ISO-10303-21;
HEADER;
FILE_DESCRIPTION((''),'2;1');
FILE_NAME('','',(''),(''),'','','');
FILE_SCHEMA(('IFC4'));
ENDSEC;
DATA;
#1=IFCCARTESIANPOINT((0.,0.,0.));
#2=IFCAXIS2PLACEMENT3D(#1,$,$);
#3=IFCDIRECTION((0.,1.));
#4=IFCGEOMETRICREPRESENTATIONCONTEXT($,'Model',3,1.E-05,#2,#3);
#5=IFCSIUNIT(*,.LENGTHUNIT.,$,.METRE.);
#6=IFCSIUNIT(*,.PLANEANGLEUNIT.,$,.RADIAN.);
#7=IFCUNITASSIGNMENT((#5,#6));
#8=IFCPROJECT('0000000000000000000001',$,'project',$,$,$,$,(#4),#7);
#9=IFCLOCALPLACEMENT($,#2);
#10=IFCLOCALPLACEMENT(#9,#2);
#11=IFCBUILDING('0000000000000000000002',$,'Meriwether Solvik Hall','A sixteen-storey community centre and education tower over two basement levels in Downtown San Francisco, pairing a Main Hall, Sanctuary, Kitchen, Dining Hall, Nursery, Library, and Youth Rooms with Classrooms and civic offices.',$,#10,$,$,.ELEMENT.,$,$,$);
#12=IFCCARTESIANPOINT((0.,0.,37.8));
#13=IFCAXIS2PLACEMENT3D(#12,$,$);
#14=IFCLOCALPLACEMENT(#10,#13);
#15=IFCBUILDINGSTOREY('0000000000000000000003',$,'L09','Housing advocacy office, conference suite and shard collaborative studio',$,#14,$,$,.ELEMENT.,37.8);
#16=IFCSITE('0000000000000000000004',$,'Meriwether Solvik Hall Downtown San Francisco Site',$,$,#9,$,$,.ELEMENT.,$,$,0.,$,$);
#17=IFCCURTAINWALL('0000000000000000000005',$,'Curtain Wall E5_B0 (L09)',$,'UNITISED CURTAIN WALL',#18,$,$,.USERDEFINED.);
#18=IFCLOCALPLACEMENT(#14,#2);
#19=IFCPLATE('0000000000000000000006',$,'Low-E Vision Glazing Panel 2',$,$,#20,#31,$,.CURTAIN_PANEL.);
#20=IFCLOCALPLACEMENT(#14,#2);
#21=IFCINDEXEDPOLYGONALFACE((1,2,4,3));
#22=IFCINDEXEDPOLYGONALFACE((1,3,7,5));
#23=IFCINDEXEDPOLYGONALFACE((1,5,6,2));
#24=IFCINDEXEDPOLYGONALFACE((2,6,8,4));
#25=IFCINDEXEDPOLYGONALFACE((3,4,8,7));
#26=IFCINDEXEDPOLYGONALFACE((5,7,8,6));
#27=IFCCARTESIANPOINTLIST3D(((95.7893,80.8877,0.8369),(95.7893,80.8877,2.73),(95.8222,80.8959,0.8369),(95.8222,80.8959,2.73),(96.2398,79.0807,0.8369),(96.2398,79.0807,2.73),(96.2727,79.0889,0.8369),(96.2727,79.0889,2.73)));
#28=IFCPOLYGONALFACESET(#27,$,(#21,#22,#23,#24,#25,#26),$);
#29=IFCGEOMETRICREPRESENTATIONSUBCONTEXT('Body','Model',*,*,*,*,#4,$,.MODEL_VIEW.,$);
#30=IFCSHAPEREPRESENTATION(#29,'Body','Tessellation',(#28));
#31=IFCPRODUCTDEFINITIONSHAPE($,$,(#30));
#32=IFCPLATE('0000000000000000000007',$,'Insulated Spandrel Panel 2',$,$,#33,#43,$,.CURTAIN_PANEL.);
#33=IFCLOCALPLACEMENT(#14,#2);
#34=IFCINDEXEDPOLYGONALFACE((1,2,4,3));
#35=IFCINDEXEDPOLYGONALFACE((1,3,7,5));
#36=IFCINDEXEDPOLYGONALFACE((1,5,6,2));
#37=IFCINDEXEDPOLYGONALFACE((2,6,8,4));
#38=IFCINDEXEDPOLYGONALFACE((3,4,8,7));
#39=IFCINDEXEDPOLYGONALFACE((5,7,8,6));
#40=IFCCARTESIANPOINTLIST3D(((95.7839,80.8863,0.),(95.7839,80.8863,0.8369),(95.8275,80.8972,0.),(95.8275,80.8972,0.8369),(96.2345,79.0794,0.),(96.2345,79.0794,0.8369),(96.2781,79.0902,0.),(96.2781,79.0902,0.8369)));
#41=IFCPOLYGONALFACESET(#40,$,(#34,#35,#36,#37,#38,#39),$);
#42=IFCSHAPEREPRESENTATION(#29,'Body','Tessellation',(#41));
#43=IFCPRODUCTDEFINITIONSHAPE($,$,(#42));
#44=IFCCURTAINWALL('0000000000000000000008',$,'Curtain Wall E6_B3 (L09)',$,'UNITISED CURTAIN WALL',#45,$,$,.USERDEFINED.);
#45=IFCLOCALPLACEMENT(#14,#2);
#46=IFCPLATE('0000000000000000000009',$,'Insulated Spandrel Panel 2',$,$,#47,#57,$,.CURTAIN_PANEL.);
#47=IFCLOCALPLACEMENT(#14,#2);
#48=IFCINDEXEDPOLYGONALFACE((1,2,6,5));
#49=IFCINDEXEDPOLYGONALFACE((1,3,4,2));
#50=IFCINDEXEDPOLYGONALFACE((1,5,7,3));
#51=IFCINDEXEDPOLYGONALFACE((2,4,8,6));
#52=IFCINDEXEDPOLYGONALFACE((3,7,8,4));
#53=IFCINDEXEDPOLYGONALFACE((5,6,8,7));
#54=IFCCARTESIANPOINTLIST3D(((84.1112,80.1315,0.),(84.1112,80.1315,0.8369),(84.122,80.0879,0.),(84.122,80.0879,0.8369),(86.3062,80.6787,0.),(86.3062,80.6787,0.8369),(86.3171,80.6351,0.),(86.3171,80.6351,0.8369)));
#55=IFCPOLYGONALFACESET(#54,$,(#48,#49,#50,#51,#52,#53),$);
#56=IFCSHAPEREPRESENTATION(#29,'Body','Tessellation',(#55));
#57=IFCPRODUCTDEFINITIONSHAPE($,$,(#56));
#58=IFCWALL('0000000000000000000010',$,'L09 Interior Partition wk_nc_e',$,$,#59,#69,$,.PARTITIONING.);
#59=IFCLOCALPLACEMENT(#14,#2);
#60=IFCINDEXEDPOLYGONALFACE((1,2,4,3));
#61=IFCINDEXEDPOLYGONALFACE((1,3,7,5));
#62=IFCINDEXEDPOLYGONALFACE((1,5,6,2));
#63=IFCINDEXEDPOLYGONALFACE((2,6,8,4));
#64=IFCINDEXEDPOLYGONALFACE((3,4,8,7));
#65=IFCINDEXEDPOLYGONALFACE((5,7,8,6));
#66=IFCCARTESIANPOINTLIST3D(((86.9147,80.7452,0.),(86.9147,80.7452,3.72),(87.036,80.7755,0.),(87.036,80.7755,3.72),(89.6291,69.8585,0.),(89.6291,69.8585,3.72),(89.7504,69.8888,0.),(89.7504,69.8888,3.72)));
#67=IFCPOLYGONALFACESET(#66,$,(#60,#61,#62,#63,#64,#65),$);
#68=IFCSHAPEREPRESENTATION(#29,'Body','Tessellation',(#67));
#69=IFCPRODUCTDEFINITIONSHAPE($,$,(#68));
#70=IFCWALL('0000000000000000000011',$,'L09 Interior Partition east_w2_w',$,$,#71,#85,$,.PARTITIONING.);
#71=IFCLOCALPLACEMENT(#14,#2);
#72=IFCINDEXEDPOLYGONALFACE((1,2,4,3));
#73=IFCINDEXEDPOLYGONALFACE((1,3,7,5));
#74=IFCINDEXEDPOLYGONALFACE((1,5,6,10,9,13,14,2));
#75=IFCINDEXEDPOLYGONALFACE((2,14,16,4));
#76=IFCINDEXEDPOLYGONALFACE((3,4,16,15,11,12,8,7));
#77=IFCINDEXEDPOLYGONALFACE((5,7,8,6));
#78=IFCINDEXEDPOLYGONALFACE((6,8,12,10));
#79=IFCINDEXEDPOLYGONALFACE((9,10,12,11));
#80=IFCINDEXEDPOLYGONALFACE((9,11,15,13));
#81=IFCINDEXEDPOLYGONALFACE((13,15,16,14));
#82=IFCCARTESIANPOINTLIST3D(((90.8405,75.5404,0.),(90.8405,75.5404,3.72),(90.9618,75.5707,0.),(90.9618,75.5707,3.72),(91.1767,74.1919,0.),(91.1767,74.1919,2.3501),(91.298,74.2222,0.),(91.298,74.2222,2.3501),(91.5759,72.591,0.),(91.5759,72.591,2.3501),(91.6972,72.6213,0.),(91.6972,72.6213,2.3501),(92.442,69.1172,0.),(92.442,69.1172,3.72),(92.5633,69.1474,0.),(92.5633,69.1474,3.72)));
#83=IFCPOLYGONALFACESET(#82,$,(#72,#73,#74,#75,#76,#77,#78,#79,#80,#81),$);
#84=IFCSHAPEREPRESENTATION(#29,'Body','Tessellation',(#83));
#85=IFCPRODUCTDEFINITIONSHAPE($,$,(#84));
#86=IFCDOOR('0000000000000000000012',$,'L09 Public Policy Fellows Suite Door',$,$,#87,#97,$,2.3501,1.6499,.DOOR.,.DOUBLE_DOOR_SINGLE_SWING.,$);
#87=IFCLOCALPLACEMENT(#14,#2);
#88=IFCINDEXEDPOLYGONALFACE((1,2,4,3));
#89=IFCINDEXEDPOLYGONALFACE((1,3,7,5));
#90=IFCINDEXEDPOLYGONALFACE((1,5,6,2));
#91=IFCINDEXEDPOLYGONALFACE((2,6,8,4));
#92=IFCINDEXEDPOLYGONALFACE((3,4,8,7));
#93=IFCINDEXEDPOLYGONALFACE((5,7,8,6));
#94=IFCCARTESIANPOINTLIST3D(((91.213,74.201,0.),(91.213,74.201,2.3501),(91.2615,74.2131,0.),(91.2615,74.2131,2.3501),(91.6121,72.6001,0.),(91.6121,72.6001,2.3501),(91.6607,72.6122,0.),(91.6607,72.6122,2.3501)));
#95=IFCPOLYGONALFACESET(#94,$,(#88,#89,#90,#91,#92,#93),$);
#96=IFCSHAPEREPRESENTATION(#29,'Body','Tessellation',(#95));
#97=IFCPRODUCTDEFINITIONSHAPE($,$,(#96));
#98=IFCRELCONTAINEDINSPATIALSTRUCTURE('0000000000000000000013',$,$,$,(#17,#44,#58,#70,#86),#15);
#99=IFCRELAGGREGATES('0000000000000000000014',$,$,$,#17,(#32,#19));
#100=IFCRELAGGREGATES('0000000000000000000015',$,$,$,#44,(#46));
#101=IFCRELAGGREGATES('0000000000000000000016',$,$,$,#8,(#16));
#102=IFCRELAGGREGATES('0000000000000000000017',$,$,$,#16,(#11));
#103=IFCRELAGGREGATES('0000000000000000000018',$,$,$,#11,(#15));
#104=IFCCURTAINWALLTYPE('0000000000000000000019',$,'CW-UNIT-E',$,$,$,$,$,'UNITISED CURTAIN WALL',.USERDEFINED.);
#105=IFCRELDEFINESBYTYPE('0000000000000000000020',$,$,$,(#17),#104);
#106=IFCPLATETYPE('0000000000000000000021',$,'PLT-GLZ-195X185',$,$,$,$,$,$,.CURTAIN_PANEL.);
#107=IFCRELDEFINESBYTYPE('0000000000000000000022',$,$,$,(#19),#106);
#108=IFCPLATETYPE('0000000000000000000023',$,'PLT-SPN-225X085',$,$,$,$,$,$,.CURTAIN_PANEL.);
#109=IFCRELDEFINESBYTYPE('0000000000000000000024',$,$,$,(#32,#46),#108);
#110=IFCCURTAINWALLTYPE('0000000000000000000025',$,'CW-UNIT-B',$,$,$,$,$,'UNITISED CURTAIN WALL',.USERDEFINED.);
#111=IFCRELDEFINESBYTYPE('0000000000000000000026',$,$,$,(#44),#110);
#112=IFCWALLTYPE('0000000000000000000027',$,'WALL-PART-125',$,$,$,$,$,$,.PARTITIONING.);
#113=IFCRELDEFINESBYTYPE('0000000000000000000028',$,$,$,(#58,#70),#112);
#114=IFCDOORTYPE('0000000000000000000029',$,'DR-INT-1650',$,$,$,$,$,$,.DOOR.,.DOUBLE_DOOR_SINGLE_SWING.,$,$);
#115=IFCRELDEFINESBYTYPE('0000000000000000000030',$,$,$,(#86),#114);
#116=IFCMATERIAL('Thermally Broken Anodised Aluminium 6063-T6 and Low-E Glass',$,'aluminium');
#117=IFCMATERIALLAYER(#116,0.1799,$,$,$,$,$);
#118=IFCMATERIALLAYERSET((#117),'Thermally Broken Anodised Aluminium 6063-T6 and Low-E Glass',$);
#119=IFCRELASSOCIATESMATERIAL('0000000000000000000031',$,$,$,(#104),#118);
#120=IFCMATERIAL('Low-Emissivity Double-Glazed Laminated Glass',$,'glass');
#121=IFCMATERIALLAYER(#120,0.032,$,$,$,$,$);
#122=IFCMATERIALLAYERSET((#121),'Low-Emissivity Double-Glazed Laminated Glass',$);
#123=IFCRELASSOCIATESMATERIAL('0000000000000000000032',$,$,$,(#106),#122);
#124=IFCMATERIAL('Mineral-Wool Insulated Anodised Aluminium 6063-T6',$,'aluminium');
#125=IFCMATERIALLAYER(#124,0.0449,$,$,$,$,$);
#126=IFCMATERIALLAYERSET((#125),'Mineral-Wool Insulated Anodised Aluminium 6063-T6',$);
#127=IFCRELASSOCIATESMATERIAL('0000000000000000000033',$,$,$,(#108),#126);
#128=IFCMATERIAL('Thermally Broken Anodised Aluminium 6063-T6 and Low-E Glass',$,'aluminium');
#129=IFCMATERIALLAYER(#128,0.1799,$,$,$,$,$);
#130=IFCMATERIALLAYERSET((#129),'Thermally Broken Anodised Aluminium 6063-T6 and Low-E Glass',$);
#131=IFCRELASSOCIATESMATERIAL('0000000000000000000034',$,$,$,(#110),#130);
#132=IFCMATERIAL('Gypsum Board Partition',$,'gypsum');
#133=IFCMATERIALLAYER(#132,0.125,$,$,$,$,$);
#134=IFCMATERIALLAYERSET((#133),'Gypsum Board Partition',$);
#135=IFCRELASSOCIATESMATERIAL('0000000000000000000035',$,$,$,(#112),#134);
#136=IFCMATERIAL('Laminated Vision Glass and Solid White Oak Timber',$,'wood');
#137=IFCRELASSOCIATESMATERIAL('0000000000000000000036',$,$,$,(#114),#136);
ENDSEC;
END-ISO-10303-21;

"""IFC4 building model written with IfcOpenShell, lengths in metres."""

from ifc_helpers import new_model, si_unit, direction, frame, frame_2d, origin, origin_2d, place, context, subcontext, project, spatial, rectangle, extrude, material, layer, layer_set, type_object, element, fill, aggregate, save


model = new_model("IFC4")

# Units and contexts
model_context = context("Model", 3, precision=1e-05, world=origin(), true_north=direction((0.0, 1.0)))
body_context = subcontext(model_context, "Body", "Model", "MODEL_VIEW")
ifc_project = project(units=[si_unit("LENGTHUNIT", "METRE"), si_unit("PLANEANGLEUNIT", "RADIAN")], contexts=[model_context])

# Site, building, storey
site_placement = place(None, origin())
site = spatial("IfcSite", under=ifc_project, at=site_placement, Name="Meriwether Solvik Hall Downtown San Francisco Site", CompositionType="ELEMENT", RefElevation=0.0)
building_placement = place(site_placement, origin())
building = spatial("IfcBuilding", under=site, at=building_placement, Name="Meriwether Solvik Hall", Description="A sixteen-storey community centre and education tower over two basement levels in Downtown San Francisco, pairing a Main Hall, Sanctuary, Kitchen, Dining Hall, Nursery, Library, and Youth Rooms with Classrooms and civic offices.", CompositionType="ELEMENT")
storey_placement = place(building_placement, frame((0.0, 0.0, 37.8)))
storey = spatial("IfcBuildingStorey", under=building, at=storey_placement, Name="L09", Description="Housing advocacy office, conference suite and shard collaborative studio", CompositionType="ELEMENT", Elevation=37.8)

# Curtain wall
ifc_material_1 = material(Name="Thermally Broken Anodised Aluminium 6063-T6 and Low-E Glass", Category="aluminium")
ifc_layer_1 = layer(ifc_material_1, 0.1799)
ifc_layer_set_1 = layer_set([ifc_layer_1], Name="Thermally Broken Anodised Aluminium 6063-T6 and Low-E Glass")
curtain_wall_type_1 = type_object("IfcCurtainWallType", Name="CW-UNIT-E", ElementType="UNITISED CURTAIN WALL", PredefinedType="USERDEFINED", material=ifc_layer_set_1)
curtain_wall_1_placement = place(storey_placement, origin())
curtain_wall_1 = element("IfcCurtainWall", 1, at=curtain_wall_1_placement, inside=storey, type_object=curtain_wall_type_1, Name="Curtain Wall E5_B0 (L09)", ObjectType="UNITISED CURTAIN WALL", PredefinedType="USERDEFINED")

# Plates
ifc_material_2 = material(Name="Low-Emissivity Double-Glazed Laminated Glass", Category="glass")
ifc_layer_2 = layer(ifc_material_2, 0.032)
ifc_layer_set_2 = layer_set([ifc_layer_2], Name="Low-Emissivity Double-Glazed Laminated Glass")
plate_type_1 = type_object("IfcPlateType", Name="PLT-GLZ-195X185", PredefinedType="CURTAIN_PANEL", material=ifc_layer_set_2)
plate_1_placement = place(storey_placement, frame((96.031, 79.9883, 0.8369), z_axis=(0.0, 0.0, 1.0), x_axis=(0.241922, -0.970296, 0.0)))
plate_1 = element("IfcPlate", 2, at=plate_1_placement, type_object=plate_type_1, Name="Low-E Vision Glazing Panel 2", PredefinedType="CURTAIN_PANEL", context=body_context, shape_type="SweptSolid", body=[
    extrude(rectangle(XDim=1.8623, YDim=0.0339, at=origin_2d()), origin(), (0.0, 0.0, 1.0), 1.8931),
])
ifc_material_3 = material(Name="Mineral-Wool Insulated Anodised Aluminium 6063-T6", Category="aluminium")
ifc_layer_3 = layer(ifc_material_3, 0.0449)
ifc_layer_set_3 = layer_set([ifc_layer_3], Name="Mineral-Wool Insulated Anodised Aluminium 6063-T6")
plate_type_2 = type_object("IfcPlateType", Name="PLT-SPN-225X085", PredefinedType="CURTAIN_PANEL", material=ifc_layer_set_3)
plate_2_placement = place(storey_placement, frame((96.031, 79.9883, 0.0), z_axis=(0.0, 0.0, 1.0), x_axis=(0.241922, -0.970296, 0.0)))
plate_2 = element("IfcPlate", 3, at=plate_2_placement, type_object=plate_type_2, Name="Insulated Spandrel Panel 2", PredefinedType="CURTAIN_PANEL", context=body_context, shape_type="SweptSolid", body=[
    extrude(rectangle(XDim=1.8623, YDim=0.0449, at=origin_2d()), origin(), (0.0, 0.0, 1.0), 0.8369),
])
aggregate(curtain_wall_1, [plate_2, plate_1])

# Curtain wall, plate
ifc_material_4 = material(Name="Thermally Broken Anodised Aluminium 6063-T6 and Low-E Glass", Category="aluminium")
ifc_layer_4 = layer(ifc_material_4, 0.1799)
ifc_layer_set_4 = layer_set([ifc_layer_4], Name="Thermally Broken Anodised Aluminium 6063-T6 and Low-E Glass")
curtain_wall_type_2 = type_object("IfcCurtainWallType", Name="CW-UNIT-B", ElementType="UNITISED CURTAIN WALL", PredefinedType="USERDEFINED", material=ifc_layer_set_4)
curtain_wall_2_placement = place(storey_placement, origin())
curtain_wall_2 = element("IfcCurtainWall", 4, at=curtain_wall_2_placement, inside=storey, type_object=curtain_wall_type_2, Name="Curtain Wall E6_B3 (L09)", ObjectType="UNITISED CURTAIN WALL", PredefinedType="USERDEFINED")
plate_3_placement = place(storey_placement, frame((85.2141, 80.3833, 0.0), z_axis=(0.0, 0.0, 1.0), x_axis=(0.970296, 0.241922, 0.0)))
plate_3 = element("IfcPlate", 5, at=plate_3_placement, type_object=plate_type_2, Name="Insulated Spandrel Panel 2", PredefinedType="CURTAIN_PANEL", context=body_context, shape_type="SweptSolid", body=[
    extrude(rectangle(XDim=2.2622, YDim=0.0449, at=origin_2d()), origin(), (0.0, 0.0, 1.0), 0.8369),
])
aggregate(curtain_wall_2, [plate_3])

# Wall
ifc_material_5 = material(Name="Gypsum Board Partition", Category="gypsum")
ifc_layer_5 = layer(ifc_material_5, 0.125)
ifc_layer_set_5 = layer_set([ifc_layer_5], Name="Gypsum Board Partition")
wall_type = type_object("IfcWallType", Name="WALL-PART-125", PredefinedType="PARTITIONING", material=ifc_layer_set_5)
wall_1_placement = place(storey_placement, frame((89.6897, 69.8738, 0.0), z_axis=(0.0, 0.0, 1.0), x_axis=(-0.241921, 0.970296, 0.0)))
element("IfcWall", 6, at=wall_1_placement, inside=storey, type_object=wall_type, Name="L09 Interior Partition wk_nc_e", PredefinedType="PARTITIONING", context=body_context, shape_type="SweptSolid", body=[
    extrude(rectangle(XDim=11.22, YDim=0.125, at=frame_2d((5.6099, 0.0))), origin(), (0.0, 0.0, 1.0), 3.72),
])

# Wall, opening, door
wall_2_placement = place(storey_placement, frame((90.9011, 75.5557, 0.0), z_axis=(0.0, 0.0, 1.0), x_axis=(0.241928, -0.970294, 0.0)))
wall_2 = element("IfcWall", 7, at=wall_2_placement, inside=storey, type_object=wall_type, Name="L09 Interior Partition east_w2_w", PredefinedType="PARTITIONING", context=body_context, shape_type="SweptSolid", body=[
    extrude(rectangle(XDim=6.6199, YDim=0.125, at=frame_2d((3.3101, 0.0))), origin(), (0.0, 0.0, 1.0), 3.72),
])
opening_placement = place(wall_2_placement, frame((1.3899, 0.0, 0.0)))
opening = element("IfcOpeningElement", 8, at=opening_placement, cuts=wall_2, PredefinedType="OPENING", context=body_context, shape_type="SweptSolid", body=[
    extrude(rectangle(XDim=1.6499, YDim=2.3501, at=frame_2d((0.825, 1.175))), frame((0.0, 0.0745, 0.0), z_axis=(0.0, -1.0, 0.0), x_axis=(1.0, 0.0, 0.0)), (0.0, 0.0, 1.0), 0.1489),
])
ifc_material_6 = material(Name="Laminated Vision Glass and Solid White Oak Timber", Category="wood")
door_type = type_object("IfcDoorType", Name="DR-INT-1650", OperationType="DOUBLE_DOOR_SINGLE_SWING", PredefinedType="DOOR", material=ifc_material_6)
door_placement = place(opening_placement, origin())
door = element("IfcDoor", 9, at=door_placement, inside=storey, type_object=door_type, Name="L09 Public Policy Fellows Suite Door", OperationType="DOUBLE_DOOR_SINGLE_SWING", OverallHeight=2.3501, OverallWidth=1.6499, PredefinedType="DOOR", context=body_context, shape_type="SweptSolid", body=[
    extrude(rectangle(XDim=1.6499, YDim=2.3501, at=frame_2d((0.825, 1.175))), frame((0.0, 0.0249, 0.0), z_axis=(0.0, -1.0, 0.0), x_axis=(1.0, 0.0, 0.0)), (0.0, 0.0, 1.0), 0.05),
])
fill(opening, door)

save(model, "model.ifc")
